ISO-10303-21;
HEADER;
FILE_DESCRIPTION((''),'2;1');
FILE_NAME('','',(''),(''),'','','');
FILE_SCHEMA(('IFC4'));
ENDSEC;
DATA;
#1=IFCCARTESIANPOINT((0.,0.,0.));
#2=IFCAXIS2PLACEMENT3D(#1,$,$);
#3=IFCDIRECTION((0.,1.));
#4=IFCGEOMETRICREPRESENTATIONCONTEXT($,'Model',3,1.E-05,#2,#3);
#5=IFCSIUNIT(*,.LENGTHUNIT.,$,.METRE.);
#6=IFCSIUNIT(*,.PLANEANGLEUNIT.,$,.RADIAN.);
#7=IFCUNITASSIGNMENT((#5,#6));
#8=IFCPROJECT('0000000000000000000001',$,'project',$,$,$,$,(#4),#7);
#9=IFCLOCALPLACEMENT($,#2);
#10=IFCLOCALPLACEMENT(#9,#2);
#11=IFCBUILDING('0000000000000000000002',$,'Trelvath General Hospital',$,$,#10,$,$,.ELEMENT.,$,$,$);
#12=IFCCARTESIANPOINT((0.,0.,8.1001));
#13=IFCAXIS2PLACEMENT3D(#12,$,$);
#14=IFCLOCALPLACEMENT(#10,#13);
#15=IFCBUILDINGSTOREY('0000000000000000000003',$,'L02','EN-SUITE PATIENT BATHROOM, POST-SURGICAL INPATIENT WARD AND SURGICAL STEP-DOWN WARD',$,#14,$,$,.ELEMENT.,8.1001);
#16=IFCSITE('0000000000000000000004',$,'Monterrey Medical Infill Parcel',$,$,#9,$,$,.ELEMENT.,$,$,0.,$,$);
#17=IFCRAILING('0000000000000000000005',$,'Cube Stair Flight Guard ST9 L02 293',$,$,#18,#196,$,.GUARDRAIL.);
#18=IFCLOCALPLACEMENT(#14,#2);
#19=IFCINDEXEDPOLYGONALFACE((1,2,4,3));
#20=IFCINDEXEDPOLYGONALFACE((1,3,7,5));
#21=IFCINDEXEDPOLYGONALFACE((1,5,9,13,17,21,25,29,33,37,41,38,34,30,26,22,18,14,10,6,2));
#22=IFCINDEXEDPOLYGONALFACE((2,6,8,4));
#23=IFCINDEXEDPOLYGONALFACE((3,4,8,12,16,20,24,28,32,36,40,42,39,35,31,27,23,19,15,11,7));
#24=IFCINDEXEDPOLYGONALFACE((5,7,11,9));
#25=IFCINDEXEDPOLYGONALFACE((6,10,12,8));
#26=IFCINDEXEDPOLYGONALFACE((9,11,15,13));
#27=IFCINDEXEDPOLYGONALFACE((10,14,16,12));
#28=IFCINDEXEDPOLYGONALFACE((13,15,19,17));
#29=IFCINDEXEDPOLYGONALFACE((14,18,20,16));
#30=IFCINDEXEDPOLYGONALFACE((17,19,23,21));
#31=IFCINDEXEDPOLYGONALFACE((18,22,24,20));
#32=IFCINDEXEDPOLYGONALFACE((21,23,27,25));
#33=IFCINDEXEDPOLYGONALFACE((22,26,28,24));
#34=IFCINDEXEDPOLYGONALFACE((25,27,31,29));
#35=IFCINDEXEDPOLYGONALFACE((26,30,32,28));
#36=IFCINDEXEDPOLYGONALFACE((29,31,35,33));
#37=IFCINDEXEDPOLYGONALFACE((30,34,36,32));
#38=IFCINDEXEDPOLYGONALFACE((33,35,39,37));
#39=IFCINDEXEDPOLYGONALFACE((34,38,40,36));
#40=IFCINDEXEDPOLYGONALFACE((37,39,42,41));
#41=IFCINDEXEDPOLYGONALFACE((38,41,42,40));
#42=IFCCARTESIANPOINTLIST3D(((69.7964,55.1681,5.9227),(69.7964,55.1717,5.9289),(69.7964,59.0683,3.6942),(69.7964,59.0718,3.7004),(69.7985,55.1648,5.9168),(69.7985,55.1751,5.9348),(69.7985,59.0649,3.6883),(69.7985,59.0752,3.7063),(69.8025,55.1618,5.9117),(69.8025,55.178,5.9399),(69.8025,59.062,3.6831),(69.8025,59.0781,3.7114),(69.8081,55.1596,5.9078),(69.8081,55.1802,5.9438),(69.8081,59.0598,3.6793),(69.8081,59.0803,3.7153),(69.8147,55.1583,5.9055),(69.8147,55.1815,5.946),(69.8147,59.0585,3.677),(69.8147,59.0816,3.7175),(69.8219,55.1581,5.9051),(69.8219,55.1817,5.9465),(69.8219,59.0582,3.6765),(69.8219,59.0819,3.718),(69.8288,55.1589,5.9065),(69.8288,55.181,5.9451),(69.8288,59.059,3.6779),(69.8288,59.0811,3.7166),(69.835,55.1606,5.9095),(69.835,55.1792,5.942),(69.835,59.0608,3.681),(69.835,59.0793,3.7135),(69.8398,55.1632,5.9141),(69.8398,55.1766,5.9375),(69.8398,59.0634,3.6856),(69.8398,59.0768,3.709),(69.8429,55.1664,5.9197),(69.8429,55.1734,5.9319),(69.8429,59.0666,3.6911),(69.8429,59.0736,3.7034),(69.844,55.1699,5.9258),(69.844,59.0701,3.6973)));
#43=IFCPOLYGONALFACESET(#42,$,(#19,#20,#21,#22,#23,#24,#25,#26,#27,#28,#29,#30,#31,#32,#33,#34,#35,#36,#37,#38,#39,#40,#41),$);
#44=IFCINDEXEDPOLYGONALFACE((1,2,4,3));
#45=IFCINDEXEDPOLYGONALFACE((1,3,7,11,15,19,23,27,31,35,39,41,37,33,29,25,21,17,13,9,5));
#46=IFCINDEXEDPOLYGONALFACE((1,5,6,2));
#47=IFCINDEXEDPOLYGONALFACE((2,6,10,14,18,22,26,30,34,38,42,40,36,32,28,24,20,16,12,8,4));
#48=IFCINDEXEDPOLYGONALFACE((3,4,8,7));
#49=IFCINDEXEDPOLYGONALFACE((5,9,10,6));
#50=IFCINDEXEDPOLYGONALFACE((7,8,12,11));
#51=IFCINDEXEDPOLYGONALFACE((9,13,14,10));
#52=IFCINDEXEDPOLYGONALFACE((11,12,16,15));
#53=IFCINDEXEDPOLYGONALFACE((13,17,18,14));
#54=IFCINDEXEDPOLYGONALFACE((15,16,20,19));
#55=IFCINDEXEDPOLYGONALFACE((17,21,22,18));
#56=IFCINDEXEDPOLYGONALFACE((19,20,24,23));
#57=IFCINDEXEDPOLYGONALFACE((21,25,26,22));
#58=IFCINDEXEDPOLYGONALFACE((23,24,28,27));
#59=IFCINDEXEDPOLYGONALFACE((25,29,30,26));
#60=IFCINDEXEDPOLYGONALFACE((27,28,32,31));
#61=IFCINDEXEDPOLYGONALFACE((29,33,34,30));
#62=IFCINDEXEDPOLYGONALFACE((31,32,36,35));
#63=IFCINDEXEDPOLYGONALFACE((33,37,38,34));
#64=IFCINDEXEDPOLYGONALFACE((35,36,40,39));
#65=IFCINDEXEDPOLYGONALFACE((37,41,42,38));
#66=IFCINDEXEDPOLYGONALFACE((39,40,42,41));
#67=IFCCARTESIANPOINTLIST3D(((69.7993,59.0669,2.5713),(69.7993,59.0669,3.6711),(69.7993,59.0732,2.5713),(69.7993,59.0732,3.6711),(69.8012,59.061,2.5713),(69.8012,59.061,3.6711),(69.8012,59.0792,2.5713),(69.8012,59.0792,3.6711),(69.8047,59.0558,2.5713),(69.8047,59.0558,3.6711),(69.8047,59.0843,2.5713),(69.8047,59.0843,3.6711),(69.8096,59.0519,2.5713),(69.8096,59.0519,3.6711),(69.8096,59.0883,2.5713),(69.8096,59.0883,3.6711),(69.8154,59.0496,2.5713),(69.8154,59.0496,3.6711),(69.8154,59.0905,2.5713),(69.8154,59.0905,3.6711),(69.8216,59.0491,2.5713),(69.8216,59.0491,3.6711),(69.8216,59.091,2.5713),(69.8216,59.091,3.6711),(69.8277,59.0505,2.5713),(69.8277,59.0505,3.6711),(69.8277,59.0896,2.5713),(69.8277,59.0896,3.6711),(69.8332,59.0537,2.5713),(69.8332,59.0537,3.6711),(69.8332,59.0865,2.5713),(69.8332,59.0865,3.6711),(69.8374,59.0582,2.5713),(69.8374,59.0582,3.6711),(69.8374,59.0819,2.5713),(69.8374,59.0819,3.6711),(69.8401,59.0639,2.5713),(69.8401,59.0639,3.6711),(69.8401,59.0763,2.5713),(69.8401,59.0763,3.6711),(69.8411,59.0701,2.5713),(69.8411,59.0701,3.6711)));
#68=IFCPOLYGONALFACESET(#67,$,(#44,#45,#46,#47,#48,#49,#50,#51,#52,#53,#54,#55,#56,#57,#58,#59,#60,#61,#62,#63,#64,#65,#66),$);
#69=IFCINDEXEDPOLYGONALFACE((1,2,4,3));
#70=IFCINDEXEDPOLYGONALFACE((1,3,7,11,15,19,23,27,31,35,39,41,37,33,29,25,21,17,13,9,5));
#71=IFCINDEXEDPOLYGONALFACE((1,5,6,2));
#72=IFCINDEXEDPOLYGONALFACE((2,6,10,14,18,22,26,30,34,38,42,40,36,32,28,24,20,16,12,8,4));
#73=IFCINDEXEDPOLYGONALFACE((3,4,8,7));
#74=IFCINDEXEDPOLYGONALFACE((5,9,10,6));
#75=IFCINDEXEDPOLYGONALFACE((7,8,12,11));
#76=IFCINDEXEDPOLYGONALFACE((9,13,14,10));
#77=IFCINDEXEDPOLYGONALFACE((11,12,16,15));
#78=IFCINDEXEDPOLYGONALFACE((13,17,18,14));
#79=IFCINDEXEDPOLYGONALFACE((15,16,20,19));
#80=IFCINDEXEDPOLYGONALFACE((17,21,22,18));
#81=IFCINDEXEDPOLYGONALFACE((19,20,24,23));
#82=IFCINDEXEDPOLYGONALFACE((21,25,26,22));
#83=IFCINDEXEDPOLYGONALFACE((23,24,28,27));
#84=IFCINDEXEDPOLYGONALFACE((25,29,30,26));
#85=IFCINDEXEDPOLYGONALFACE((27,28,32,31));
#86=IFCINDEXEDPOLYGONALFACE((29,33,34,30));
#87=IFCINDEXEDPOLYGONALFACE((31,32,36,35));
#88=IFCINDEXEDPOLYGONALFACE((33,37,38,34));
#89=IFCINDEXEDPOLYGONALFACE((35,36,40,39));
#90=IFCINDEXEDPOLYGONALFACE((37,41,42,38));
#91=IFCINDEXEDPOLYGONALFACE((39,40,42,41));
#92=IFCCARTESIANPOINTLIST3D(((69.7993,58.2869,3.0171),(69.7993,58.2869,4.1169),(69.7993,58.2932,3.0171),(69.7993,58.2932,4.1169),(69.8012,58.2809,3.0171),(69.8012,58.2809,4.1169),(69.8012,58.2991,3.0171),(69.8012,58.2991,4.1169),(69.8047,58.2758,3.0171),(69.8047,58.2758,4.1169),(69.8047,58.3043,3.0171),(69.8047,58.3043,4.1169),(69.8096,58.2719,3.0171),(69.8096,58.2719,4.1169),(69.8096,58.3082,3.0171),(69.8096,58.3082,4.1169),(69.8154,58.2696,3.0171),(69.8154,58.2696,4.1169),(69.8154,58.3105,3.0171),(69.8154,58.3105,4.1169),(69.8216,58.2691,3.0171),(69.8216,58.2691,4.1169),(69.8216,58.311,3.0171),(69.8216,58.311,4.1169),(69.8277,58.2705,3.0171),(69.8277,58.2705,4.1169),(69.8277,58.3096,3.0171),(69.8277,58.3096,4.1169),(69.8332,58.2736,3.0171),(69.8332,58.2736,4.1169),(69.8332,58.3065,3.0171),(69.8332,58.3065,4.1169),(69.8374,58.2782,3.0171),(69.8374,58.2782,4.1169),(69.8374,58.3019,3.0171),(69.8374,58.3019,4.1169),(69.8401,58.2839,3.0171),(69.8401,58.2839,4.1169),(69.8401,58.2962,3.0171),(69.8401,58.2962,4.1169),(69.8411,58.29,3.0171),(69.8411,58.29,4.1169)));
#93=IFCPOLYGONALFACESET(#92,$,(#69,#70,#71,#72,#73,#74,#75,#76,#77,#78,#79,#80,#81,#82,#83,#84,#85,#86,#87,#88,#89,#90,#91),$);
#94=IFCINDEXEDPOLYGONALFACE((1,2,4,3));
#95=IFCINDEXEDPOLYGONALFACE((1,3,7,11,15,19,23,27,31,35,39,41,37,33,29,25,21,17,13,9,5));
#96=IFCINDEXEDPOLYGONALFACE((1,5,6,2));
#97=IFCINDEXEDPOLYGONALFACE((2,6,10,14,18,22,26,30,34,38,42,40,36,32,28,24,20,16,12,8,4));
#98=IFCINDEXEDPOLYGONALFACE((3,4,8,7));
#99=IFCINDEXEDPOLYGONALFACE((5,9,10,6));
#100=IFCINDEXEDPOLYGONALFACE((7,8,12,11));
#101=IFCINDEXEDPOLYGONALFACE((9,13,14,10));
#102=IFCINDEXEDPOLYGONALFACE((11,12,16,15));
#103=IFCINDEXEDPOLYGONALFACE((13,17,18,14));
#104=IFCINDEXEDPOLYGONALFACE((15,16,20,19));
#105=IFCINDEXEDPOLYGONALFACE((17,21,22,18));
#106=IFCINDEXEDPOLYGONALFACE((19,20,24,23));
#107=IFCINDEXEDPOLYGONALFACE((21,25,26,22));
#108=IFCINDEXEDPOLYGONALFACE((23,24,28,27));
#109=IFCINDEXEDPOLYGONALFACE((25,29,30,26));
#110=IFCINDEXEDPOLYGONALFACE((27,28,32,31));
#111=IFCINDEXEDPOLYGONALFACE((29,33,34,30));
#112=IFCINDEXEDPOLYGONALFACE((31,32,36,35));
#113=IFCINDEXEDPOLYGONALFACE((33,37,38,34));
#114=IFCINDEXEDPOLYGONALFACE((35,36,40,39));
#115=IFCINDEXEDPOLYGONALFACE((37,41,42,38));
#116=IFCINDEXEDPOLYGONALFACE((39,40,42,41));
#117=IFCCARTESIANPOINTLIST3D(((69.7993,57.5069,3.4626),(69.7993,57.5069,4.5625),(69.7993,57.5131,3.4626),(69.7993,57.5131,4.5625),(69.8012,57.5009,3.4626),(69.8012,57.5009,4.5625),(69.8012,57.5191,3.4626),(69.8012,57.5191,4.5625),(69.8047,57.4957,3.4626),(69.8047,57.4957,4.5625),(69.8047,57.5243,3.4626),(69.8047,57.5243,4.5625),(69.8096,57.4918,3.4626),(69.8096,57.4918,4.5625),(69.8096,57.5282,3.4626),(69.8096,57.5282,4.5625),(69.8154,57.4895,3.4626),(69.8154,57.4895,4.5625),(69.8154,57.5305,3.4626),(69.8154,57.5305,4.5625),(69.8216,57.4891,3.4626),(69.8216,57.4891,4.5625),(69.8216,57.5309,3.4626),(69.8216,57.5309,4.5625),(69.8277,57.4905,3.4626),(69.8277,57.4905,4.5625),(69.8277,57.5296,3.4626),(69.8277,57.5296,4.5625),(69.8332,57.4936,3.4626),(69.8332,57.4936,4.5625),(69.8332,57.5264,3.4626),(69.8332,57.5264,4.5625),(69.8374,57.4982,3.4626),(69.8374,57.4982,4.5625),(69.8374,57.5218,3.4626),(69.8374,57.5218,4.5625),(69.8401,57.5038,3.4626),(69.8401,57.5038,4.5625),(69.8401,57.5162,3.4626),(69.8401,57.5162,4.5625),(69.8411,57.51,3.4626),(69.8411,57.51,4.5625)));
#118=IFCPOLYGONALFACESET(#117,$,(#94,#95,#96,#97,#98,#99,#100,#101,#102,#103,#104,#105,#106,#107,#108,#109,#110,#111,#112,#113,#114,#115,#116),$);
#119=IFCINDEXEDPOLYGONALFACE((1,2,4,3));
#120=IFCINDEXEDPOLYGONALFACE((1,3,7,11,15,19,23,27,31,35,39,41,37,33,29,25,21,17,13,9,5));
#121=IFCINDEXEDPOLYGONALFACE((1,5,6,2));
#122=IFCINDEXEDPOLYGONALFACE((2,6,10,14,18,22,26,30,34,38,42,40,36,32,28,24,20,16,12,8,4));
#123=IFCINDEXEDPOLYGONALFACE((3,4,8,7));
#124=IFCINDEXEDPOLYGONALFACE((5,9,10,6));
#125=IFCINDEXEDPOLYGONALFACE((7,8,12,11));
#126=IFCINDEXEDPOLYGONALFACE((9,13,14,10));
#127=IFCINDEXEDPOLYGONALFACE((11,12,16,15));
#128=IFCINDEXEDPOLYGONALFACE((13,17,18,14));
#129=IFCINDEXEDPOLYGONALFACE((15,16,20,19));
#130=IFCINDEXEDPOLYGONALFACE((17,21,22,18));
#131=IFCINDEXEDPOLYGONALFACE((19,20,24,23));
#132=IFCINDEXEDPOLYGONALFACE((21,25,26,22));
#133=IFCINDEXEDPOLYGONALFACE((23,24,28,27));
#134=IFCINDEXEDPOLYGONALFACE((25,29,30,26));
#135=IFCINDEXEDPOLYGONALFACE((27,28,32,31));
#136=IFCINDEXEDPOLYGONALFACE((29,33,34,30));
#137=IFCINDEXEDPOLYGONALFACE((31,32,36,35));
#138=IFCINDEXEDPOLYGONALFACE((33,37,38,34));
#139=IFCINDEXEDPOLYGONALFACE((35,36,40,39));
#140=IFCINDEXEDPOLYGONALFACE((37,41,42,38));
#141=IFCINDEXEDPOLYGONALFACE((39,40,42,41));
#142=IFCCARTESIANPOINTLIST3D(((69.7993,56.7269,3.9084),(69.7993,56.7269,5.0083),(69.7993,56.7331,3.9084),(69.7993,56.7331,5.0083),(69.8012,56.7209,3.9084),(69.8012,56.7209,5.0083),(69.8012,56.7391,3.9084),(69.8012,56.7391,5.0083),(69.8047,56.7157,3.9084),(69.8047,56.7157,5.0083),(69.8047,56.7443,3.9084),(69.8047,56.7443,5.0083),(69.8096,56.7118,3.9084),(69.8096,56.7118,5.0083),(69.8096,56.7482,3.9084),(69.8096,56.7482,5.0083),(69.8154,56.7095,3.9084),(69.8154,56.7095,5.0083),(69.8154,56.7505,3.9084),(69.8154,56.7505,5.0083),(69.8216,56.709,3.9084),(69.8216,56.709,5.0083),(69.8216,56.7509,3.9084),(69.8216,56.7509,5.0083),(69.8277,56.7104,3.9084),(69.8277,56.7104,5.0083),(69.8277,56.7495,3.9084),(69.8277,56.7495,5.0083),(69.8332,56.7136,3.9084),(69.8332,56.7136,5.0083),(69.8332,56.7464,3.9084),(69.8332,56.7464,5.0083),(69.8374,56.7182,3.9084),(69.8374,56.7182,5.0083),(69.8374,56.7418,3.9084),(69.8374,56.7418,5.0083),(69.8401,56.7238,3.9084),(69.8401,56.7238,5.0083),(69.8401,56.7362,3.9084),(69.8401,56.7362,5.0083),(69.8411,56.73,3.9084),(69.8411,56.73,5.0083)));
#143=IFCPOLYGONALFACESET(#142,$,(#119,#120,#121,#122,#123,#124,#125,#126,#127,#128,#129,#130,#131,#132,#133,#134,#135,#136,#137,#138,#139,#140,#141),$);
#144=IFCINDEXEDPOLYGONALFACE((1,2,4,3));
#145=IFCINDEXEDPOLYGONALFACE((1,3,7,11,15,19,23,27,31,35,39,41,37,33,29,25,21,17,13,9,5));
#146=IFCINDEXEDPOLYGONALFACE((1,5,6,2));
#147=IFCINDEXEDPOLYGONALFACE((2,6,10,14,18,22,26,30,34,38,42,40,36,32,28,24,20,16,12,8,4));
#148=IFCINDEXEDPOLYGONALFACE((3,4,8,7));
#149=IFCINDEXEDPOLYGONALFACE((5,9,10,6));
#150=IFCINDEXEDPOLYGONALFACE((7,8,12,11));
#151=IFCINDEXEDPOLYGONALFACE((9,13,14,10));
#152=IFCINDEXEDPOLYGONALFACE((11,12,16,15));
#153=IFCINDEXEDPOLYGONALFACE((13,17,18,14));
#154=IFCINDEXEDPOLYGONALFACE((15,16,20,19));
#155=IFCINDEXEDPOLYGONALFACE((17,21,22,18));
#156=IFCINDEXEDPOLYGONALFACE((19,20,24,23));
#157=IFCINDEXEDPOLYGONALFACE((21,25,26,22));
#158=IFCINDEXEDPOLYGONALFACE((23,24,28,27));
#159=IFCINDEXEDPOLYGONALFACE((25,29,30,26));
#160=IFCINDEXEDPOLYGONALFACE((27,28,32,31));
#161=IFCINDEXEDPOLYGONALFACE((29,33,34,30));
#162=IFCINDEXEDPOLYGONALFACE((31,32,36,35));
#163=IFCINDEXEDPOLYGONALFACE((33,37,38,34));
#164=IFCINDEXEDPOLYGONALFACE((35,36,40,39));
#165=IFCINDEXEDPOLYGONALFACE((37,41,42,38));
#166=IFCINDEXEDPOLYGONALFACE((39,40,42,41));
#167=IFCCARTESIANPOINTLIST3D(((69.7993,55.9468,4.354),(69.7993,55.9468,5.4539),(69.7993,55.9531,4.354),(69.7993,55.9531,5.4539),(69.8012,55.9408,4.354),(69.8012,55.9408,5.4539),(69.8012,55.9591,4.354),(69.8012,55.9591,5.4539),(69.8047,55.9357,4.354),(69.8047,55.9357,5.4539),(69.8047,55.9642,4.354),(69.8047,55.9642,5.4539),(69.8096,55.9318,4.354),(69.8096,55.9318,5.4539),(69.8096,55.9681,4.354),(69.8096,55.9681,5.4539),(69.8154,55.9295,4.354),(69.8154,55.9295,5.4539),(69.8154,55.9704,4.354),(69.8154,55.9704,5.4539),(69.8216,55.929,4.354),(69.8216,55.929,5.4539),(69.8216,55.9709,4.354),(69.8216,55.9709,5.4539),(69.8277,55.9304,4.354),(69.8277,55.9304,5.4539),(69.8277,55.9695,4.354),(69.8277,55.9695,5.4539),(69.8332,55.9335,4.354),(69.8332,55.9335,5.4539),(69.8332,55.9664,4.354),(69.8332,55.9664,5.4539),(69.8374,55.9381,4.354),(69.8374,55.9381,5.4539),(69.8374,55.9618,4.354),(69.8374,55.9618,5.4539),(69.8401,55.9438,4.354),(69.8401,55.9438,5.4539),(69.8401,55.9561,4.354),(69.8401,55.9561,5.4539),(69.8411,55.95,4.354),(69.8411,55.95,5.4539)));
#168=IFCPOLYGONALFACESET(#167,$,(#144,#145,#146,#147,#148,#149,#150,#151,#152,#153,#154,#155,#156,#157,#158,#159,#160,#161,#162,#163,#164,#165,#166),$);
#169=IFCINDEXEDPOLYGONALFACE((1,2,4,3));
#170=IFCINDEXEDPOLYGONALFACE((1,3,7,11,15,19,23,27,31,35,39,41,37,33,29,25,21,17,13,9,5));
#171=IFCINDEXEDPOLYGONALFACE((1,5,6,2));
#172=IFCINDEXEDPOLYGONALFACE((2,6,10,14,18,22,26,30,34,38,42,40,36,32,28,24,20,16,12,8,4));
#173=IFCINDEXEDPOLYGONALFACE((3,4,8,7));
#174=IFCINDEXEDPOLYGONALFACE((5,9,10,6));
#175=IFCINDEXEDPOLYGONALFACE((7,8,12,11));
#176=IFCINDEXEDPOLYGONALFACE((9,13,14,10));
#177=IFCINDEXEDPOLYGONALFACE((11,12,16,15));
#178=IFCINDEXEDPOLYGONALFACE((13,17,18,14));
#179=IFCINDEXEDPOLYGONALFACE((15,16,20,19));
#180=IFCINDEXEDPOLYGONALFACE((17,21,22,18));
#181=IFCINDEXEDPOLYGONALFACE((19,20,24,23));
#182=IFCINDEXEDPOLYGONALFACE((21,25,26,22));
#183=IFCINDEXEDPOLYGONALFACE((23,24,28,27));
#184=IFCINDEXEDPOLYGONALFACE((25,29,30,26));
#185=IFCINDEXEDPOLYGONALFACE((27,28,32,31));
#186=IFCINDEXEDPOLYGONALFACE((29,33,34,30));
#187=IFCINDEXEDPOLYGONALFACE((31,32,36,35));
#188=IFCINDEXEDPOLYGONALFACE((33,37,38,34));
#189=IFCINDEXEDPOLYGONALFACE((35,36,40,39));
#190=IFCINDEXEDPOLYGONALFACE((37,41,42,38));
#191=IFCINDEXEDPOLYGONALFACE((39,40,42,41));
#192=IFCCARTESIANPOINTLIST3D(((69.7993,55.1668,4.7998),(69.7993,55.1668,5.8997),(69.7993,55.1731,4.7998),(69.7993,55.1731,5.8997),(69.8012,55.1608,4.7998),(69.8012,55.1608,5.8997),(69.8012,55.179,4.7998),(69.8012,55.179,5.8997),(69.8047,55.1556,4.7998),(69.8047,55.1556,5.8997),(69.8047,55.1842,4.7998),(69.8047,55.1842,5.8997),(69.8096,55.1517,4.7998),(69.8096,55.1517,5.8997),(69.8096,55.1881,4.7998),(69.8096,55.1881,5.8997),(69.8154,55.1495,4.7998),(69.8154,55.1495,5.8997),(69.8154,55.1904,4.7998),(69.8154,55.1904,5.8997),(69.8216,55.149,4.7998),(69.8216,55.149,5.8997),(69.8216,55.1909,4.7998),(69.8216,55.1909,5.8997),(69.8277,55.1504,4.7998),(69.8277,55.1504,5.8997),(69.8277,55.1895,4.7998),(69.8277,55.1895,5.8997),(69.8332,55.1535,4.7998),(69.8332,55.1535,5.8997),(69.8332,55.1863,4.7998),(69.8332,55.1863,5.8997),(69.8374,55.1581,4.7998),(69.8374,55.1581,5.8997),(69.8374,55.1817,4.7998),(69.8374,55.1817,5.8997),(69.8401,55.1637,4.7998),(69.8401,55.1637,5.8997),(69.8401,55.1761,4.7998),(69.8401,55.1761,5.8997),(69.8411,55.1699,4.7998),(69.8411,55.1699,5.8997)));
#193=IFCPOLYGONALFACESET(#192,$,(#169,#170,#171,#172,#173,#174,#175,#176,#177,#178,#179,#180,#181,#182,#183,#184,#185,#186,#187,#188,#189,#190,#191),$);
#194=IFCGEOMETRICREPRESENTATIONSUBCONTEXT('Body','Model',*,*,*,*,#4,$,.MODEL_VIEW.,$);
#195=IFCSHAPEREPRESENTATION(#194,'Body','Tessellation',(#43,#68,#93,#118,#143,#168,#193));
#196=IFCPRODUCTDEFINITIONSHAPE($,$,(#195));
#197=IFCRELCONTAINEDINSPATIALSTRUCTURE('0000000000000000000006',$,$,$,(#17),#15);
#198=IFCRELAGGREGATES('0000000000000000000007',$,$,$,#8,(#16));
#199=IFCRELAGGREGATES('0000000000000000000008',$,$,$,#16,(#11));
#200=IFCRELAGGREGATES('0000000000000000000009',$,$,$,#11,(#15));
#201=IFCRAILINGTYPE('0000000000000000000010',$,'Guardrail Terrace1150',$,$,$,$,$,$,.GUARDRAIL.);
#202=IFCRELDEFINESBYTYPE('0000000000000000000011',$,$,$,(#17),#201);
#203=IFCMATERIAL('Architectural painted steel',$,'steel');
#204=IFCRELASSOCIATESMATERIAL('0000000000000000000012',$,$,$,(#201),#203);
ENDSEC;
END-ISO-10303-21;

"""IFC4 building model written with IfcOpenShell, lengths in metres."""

from ifc_helpers import new_model, si_unit, direction, frame, origin, origin_2d, place, context, subcontext, project, spatial, circle, extrude, material, type_object, element, save


model = new_model("IFC4")

# Units and contexts
model_context = context("Model", 3, precision=1e-05, world=origin(), true_north=direction((0.0, 1.0)))
body_context = subcontext(model_context, "Body", "Model", "MODEL_VIEW")
ifc_project = project(units=[si_unit("LENGTHUNIT", "METRE"), si_unit("PLANEANGLEUNIT", "RADIAN")], contexts=[model_context])

# Site, building, storey
site_placement = place(None, origin())
site = spatial("IfcSite", under=ifc_project, at=site_placement, Name="Monterrey Medical Infill Parcel", CompositionType="ELEMENT", RefElevation=0.0)
building_placement = place(site_placement, origin())
building = spatial("IfcBuilding", under=site, at=building_placement, Name="Trelvath General Hospital", CompositionType="ELEMENT")
storey_placement = place(building_placement, frame((0.0, 0.0, 8.1001)))
storey = spatial("IfcBuildingStorey", under=building, at=storey_placement, Name="L02", Description="EN-SUITE PATIENT BATHROOM, POST-SURGICAL INPATIENT WARD AND SURGICAL STEP-DOWN WARD", CompositionType="ELEMENT", Elevation=8.1001)

# Railing
ifc_material_1 = material(Name="Architectural painted steel", Category="steel")
railing_type_1 = type_object("IfcRailingType", Name="Guardrail Terrace1150", PredefinedType="GUARDRAIL", material=ifc_material_1)
for number, where, name in (
    (1, (69.8201, 59.0701, 2.5713), "Cube Stair Flight Guard ST9 L02 293"),
):
    element("IfcRailing", number, at=place(storey_placement, frame(where)), inside=storey, type_object=railing_type_1, Name=name, PredefinedType="GUARDRAIL", context=body_context, shape_type="SweptSolid", body=[
        extrude(circle(Radius=0.0239, at=origin_2d()), frame((0.0, 0.0, 1.126), z_axis=(0.0, -0.868257, 0.496116), x_axis=(1.0, 0.0, 0.0)), (0.0, 0.0, 1.0), 4.4919),
        extrude(circle(Radius=0.021, at=origin_2d()), origin(), (0.0, 0.0, 1.0), 1.0999),
        extrude(circle(Radius=0.021, at=origin_2d()), frame((0.0, -0.78, 0.4458)), (0.0, 0.0, 1.0), 1.0999),
        extrude(circle(Radius=0.021, at=origin_2d()), frame((0.0, -1.5601, 0.8914)), (0.0, 0.0, 1.0), 1.0999),
        extrude(circle(Radius=0.021, at=origin_2d()), frame((0.0, -2.3401, 1.3372)), (0.0, 0.0, 1.0), 1.0999),
        extrude(circle(Radius=0.021, at=origin_2d()), frame((0.0, -3.1201, 1.7827)), (0.0, 0.0, 1.0), 1.0999),
        extrude(circle(Radius=0.021, at=origin_2d()), frame((0.0, -3.9001, 2.2285)), (0.0, 0.0, 1.0), 1.0999),
    ])

save(model, "model.ifc")
